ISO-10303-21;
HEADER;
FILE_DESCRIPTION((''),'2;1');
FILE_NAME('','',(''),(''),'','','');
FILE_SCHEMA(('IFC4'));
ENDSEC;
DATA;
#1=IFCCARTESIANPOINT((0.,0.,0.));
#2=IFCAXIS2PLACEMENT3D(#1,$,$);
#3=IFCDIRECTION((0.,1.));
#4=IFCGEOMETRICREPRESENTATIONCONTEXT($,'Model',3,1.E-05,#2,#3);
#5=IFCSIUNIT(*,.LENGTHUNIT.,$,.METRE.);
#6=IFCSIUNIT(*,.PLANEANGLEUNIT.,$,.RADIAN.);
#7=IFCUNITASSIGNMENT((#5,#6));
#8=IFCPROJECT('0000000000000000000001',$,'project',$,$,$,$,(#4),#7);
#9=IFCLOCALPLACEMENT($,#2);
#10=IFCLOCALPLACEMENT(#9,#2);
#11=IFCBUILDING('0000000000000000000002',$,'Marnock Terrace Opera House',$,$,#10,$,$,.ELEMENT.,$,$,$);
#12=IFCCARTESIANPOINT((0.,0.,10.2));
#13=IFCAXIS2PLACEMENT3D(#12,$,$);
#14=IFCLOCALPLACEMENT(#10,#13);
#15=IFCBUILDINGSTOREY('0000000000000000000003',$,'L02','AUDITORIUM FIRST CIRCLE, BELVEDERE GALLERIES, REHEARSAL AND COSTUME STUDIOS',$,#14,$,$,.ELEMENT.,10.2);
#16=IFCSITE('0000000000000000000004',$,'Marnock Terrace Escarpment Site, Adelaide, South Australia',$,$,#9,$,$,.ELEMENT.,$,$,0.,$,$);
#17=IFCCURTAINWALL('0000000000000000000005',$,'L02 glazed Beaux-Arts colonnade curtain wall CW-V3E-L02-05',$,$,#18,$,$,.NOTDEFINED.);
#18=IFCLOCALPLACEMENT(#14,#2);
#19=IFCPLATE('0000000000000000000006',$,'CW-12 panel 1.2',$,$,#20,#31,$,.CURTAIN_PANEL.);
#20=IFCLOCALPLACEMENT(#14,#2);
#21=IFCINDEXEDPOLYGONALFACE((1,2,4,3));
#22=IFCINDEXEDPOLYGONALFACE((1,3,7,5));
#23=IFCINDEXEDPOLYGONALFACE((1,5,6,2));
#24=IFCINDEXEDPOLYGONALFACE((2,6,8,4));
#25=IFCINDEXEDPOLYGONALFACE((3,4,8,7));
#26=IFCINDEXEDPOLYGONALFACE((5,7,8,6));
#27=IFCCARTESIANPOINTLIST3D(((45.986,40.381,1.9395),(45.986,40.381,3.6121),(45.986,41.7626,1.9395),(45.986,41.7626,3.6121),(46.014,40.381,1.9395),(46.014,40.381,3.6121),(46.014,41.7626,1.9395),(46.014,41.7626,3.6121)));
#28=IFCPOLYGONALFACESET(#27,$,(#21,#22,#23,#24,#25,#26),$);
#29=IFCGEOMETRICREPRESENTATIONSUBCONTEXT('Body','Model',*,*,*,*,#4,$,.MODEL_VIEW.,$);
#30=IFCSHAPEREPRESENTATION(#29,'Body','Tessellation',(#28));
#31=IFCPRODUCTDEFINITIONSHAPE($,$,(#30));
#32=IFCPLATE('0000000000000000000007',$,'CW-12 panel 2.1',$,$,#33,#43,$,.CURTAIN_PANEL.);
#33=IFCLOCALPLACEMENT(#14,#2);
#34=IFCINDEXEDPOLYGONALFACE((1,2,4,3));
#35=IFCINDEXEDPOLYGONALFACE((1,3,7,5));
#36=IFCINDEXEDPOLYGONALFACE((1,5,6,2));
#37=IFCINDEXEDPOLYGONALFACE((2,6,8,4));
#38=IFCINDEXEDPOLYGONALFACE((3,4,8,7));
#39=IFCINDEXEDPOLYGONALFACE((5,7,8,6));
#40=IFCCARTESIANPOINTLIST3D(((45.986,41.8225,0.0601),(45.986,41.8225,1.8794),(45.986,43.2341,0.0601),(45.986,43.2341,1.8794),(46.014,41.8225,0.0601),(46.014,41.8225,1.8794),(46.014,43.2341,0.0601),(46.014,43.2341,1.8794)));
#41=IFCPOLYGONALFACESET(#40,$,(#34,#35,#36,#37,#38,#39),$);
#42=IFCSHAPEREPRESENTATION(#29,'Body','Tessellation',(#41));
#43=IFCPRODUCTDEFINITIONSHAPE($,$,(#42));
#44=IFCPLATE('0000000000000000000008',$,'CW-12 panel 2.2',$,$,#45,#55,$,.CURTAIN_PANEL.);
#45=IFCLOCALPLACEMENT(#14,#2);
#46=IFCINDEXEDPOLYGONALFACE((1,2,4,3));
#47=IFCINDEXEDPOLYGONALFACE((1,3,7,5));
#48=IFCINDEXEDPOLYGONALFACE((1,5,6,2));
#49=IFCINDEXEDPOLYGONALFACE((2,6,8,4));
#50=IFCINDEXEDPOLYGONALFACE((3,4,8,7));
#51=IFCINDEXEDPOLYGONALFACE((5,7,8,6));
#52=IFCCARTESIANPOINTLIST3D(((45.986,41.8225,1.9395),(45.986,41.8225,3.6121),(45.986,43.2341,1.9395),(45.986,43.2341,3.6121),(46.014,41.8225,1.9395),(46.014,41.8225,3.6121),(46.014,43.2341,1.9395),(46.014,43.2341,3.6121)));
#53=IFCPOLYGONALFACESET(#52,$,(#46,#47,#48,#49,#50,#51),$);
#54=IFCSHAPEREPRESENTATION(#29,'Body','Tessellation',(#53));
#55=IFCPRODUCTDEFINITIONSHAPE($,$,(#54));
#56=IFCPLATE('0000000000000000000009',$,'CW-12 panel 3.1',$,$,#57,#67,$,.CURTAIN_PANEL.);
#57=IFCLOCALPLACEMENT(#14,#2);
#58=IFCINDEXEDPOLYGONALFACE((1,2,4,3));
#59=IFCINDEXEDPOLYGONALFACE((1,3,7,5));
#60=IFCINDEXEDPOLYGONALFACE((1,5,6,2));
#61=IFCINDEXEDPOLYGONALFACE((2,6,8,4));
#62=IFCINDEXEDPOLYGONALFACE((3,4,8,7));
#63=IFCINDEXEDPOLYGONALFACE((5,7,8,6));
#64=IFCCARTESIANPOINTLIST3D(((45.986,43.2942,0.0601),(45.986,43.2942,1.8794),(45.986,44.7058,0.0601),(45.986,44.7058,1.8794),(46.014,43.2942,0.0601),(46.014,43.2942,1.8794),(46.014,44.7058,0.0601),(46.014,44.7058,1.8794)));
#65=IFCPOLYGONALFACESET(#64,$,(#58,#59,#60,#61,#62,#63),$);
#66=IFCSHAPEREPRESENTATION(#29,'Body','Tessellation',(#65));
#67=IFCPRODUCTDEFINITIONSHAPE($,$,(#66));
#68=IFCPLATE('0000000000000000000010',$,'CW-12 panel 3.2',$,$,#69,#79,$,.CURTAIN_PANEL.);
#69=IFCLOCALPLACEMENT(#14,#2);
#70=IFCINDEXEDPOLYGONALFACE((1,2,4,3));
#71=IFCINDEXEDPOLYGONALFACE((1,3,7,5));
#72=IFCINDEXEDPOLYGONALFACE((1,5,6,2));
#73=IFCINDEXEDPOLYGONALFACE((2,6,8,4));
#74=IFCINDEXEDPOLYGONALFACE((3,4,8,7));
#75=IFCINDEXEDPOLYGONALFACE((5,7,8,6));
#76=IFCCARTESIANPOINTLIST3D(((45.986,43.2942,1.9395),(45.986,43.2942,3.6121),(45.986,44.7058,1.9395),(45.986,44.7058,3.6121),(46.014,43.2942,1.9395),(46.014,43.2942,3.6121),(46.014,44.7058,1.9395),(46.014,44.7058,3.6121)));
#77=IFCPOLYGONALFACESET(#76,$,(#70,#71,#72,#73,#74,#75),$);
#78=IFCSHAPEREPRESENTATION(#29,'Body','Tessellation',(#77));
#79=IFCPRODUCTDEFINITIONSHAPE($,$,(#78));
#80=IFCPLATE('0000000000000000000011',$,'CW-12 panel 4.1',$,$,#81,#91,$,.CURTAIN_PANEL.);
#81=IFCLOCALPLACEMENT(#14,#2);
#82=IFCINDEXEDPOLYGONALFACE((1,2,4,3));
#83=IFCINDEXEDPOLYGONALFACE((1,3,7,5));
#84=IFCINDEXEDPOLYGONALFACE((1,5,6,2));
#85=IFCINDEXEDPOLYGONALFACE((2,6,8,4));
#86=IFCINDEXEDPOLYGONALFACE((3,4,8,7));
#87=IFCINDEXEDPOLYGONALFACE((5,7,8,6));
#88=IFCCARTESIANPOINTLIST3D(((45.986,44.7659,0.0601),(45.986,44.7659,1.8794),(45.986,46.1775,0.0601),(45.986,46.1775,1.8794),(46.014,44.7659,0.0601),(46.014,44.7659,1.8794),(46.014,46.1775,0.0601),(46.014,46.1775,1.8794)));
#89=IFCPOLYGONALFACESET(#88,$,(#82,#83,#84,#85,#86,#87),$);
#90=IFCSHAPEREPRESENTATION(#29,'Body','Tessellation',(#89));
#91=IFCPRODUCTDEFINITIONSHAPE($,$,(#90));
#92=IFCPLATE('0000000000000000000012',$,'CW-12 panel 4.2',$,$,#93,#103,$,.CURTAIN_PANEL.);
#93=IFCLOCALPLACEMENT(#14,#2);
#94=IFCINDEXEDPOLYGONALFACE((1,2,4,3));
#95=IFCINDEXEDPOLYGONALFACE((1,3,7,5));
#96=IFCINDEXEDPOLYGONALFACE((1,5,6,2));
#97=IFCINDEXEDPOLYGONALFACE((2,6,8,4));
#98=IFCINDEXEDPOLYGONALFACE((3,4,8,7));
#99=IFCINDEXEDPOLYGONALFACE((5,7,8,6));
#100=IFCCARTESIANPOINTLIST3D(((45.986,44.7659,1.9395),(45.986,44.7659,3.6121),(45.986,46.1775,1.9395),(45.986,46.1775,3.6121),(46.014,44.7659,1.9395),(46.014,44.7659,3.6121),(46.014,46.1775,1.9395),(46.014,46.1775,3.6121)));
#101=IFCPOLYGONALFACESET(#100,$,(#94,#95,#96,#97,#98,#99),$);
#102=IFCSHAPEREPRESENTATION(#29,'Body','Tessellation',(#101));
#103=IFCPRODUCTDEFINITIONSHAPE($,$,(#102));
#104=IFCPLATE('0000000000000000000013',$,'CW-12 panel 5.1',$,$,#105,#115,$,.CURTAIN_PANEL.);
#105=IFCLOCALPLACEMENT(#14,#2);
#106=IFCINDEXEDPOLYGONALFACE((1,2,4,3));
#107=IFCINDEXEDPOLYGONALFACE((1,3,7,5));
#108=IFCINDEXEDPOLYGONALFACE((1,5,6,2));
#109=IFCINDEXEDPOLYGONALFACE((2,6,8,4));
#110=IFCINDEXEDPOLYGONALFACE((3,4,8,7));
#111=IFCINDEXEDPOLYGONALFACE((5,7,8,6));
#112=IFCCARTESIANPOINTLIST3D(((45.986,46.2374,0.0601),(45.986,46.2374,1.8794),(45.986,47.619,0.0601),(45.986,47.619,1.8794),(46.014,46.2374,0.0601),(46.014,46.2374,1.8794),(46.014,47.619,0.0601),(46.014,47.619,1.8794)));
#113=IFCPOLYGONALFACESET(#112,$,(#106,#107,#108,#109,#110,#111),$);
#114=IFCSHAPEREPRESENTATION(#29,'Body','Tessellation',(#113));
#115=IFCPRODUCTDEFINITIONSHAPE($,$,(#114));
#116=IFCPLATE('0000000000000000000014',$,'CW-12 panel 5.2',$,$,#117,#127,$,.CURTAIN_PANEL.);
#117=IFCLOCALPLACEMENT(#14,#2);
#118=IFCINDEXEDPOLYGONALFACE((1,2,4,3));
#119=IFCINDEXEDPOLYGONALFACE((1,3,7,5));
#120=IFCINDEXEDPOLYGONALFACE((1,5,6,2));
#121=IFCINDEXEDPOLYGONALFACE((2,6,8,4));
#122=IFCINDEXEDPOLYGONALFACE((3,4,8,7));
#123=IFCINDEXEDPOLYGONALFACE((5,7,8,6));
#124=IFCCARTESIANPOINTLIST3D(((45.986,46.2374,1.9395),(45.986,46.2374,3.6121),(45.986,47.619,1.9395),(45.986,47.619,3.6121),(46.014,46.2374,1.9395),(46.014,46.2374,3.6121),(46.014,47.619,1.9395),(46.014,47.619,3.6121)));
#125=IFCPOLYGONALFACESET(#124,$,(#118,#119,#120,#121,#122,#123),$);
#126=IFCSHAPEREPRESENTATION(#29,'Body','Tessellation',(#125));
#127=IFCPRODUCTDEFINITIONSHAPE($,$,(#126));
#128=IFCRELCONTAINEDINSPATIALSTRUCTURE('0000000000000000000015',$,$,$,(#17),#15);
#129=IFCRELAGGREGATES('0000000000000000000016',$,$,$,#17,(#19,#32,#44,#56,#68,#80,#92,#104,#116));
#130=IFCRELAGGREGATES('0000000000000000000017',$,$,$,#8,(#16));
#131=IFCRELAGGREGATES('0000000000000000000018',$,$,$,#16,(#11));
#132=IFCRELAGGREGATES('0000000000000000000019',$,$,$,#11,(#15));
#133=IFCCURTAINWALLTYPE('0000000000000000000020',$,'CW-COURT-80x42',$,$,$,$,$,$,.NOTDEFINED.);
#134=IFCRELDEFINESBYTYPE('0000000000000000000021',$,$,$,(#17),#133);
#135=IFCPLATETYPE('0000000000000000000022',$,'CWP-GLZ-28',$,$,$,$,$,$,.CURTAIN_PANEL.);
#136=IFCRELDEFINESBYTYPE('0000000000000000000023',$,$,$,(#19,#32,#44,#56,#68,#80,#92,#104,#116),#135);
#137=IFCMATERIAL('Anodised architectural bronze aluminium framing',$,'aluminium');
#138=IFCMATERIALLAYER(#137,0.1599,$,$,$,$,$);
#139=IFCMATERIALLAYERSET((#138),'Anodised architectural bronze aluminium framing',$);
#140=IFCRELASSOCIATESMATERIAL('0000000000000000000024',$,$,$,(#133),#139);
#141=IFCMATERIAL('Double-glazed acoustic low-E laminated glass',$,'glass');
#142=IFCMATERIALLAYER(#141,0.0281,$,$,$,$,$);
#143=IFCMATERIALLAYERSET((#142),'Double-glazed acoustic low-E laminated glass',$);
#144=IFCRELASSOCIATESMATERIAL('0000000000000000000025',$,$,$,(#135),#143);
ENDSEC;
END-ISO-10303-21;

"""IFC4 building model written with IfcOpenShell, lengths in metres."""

from ifc_helpers import new_model, si_unit, direction, frame, origin, origin_2d, place, context, subcontext, project, spatial, rectangle, extrude, material, layer, layer_set, type_object, element, aggregate, save


model = new_model("IFC4")

# Units and contexts
model_context = context("Model", 3, precision=1e-05, world=origin(), true_north=direction((0.0, 1.0)))
body_context = subcontext(model_context, "Body", "Model", "MODEL_VIEW")
ifc_project = project(units=[si_unit("LENGTHUNIT", "METRE"), si_unit("PLANEANGLEUNIT", "RADIAN")], contexts=[model_context])

# Site, building, storey
site_placement = place(None, origin())
site = spatial("IfcSite", under=ifc_project, at=site_placement, Name="Marnock Terrace Escarpment Site, Adelaide, South Australia", CompositionType="ELEMENT", RefElevation=0.0)
building_placement = place(site_placement, origin())
building = spatial("IfcBuilding", under=site, at=building_placement, Name="Marnock Terrace Opera House", CompositionType="ELEMENT")
storey_placement = place(building_placement, frame((0.0, 0.0, 10.2)))
storey = spatial("IfcBuildingStorey", under=building, at=storey_placement, Name="L02", Description="AUDITORIUM FIRST CIRCLE, BELVEDERE GALLERIES, REHEARSAL AND COSTUME STUDIOS", CompositionType="ELEMENT", Elevation=10.2)

# Shared definitions
ifc_material_1 = material(Name="Anodised architectural bronze aluminium framing", Category="aluminium")
ifc_layer_1 = layer(ifc_material_1, 0.1599)
ifc_layer_set_1 = layer_set([ifc_layer_1], Name="Anodised architectural bronze aluminium framing")
curtain_wall_type = type_object("IfcCurtainWallType", Name="CW-COURT-80x42", PredefinedType="NOTDEFINED", material=ifc_layer_set_1)

# Curtain wall
curtain_wall_1_placement = place(storey_placement, origin())
curtain_wall_1 = element("IfcCurtainWall", 1, at=curtain_wall_1_placement, inside=storey, type_object=curtain_wall_type, Name="L02 glazed Beaux-Arts colonnade curtain wall CW-V3E-L02-05", PredefinedType="NOTDEFINED")

# Plates
ifc_material_2 = material(Name="Double-glazed acoustic low-E laminated glass", Category="glass")
ifc_layer_2 = layer(ifc_material_2, 0.0281)
ifc_layer_set_2 = layer_set([ifc_layer_2], Name="Double-glazed acoustic low-E laminated glass")
plate_type = type_object("IfcPlateType", Name="CWP-GLZ-28", PredefinedType="CURTAIN_PANEL", material=ifc_layer_set_2)
plate_1_placement = place(storey_placement, frame((46.0, 41.0718, 1.9395), z_axis=(0.0, 0.0, 1.0), x_axis=(0.0, 1.0, 0.0)))
plate_1 = element("IfcPlate", 2, at=plate_1_placement, type_object=plate_type, Name="CW-12 panel 1.2", PredefinedType="CURTAIN_PANEL", context=body_context, shape_type="SweptSolid", body=[
    extrude(rectangle(XDim=1.3816, YDim=0.0281, at=origin_2d()), origin(), (0.0, 0.0, 1.0), 1.6726),
])
plate_2_placement = place(storey_placement, frame((46.0, 42.5283, 0.0601), z_axis=(0.0, 0.0, 1.0), x_axis=(0.0, 1.0, 0.0)))
plate_2 = element("IfcPlate", 3, at=plate_2_placement, type_object=plate_type, Name="CW-12 panel 2.1", PredefinedType="CURTAIN_PANEL", context=body_context, shape_type="SweptSolid", body=[
    extrude(rectangle(XDim=1.4116, YDim=0.0281, at=origin_2d()), origin(), (0.0, 0.0, 1.0), 1.8193),
])
plate_3_placement = place(storey_placement, frame((46.0, 42.5283, 1.9395), z_axis=(0.0, 0.0, 1.0), x_axis=(0.0, 1.0, 0.0)))
plate_3 = element("IfcPlate", 4, at=plate_3_placement, type_object=plate_type, Name="CW-12 panel 2.2", PredefinedType="CURTAIN_PANEL", context=body_context, shape_type="SweptSolid", body=[
    extrude(rectangle(XDim=1.4116, YDim=0.0281, at=origin_2d()), origin(), (0.0, 0.0, 1.0), 1.6726),
])
plate_4_placement = place(storey_placement, frame((46.0, 44.0, 0.0601), z_axis=(0.0, 0.0, 1.0), x_axis=(0.0, 1.0, 0.0)))
plate_4 = element("IfcPlate", 5, at=plate_4_placement, type_object=plate_type, Name="CW-12 panel 3.1", PredefinedType="CURTAIN_PANEL", context=body_context, shape_type="SweptSolid", body=[
    extrude(rectangle(XDim=1.4116, YDim=0.0281, at=origin_2d()), origin(), (0.0, 0.0, 1.0), 1.8193),
])
plate_5_placement = place(storey_placement, frame((46.0, 44.0, 1.9395), z_axis=(0.0, 0.0, 1.0), x_axis=(0.0, 1.0, 0.0)))
plate_5 = element("IfcPlate", 6, at=plate_5_placement, type_object=plate_type, Name="CW-12 panel 3.2", PredefinedType="CURTAIN_PANEL", context=body_context, shape_type="SweptSolid", body=[
    extrude(rectangle(XDim=1.4116, YDim=0.0281, at=origin_2d()), origin(), (0.0, 0.0, 1.0), 1.6726),
])
plate_6_placement = place(storey_placement, frame((46.0, 45.4717, 0.0601), z_axis=(0.0, 0.0, 1.0), x_axis=(0.0, 1.0, 0.0)))
plate_6 = element("IfcPlate", 7, at=plate_6_placement, type_object=plate_type, Name="CW-12 panel 4.1", PredefinedType="CURTAIN_PANEL", context=body_context, shape_type="SweptSolid", body=[
    extrude(rectangle(XDim=1.4116, YDim=0.0281, at=origin_2d()), origin(), (0.0, 0.0, 1.0), 1.8193),
])
plate_7_placement = place(storey_placement, frame((46.0, 45.4717, 1.9395), z_axis=(0.0, 0.0, 1.0), x_axis=(0.0, 1.0, 0.0)))
plate_7 = element("IfcPlate", 8, at=plate_7_placement, type_object=plate_type, Name="CW-12 panel 4.2", PredefinedType="CURTAIN_PANEL", context=body_context, shape_type="SweptSolid", body=[
    extrude(rectangle(XDim=1.4116, YDim=0.0281, at=origin_2d()), origin(), (0.0, 0.0, 1.0), 1.6726),
])
plate_8_placement = place(storey_placement, frame((46.0, 46.9282, 0.0601), z_axis=(0.0, 0.0, 1.0), x_axis=(0.0, 1.0, 0.0)))
plate_8 = element("IfcPlate", 9, at=plate_8_placement, type_object=plate_type, Name="CW-12 panel 5.1", PredefinedType="CURTAIN_PANEL", context=body_context, shape_type="SweptSolid", body=[
    extrude(rectangle(XDim=1.3816, YDim=0.0281, at=origin_2d()), origin(), (0.0, 0.0, 1.0), 1.8193),
])
plate_9_placement = place(storey_placement, frame((46.0, 46.9282, 1.9395), z_axis=(0.0, 0.0, 1.0), x_axis=(0.0, 1.0, 0.0)))
plate_9 = element("IfcPlate", 10, at=plate_9_placement, type_object=plate_type, Name="CW-12 panel 5.2", PredefinedType="CURTAIN_PANEL", context=body_context, shape_type="SweptSolid", body=[
    extrude(rectangle(XDim=1.3816, YDim=0.0281, at=origin_2d()), origin(), (0.0, 0.0, 1.0), 1.6726),
])
aggregate(curtain_wall_1, [plate_1, plate_2, plate_3, plate_4, plate_5, plate_6, plate_7, plate_8, plate_9])

save(model, "model.ifc")
